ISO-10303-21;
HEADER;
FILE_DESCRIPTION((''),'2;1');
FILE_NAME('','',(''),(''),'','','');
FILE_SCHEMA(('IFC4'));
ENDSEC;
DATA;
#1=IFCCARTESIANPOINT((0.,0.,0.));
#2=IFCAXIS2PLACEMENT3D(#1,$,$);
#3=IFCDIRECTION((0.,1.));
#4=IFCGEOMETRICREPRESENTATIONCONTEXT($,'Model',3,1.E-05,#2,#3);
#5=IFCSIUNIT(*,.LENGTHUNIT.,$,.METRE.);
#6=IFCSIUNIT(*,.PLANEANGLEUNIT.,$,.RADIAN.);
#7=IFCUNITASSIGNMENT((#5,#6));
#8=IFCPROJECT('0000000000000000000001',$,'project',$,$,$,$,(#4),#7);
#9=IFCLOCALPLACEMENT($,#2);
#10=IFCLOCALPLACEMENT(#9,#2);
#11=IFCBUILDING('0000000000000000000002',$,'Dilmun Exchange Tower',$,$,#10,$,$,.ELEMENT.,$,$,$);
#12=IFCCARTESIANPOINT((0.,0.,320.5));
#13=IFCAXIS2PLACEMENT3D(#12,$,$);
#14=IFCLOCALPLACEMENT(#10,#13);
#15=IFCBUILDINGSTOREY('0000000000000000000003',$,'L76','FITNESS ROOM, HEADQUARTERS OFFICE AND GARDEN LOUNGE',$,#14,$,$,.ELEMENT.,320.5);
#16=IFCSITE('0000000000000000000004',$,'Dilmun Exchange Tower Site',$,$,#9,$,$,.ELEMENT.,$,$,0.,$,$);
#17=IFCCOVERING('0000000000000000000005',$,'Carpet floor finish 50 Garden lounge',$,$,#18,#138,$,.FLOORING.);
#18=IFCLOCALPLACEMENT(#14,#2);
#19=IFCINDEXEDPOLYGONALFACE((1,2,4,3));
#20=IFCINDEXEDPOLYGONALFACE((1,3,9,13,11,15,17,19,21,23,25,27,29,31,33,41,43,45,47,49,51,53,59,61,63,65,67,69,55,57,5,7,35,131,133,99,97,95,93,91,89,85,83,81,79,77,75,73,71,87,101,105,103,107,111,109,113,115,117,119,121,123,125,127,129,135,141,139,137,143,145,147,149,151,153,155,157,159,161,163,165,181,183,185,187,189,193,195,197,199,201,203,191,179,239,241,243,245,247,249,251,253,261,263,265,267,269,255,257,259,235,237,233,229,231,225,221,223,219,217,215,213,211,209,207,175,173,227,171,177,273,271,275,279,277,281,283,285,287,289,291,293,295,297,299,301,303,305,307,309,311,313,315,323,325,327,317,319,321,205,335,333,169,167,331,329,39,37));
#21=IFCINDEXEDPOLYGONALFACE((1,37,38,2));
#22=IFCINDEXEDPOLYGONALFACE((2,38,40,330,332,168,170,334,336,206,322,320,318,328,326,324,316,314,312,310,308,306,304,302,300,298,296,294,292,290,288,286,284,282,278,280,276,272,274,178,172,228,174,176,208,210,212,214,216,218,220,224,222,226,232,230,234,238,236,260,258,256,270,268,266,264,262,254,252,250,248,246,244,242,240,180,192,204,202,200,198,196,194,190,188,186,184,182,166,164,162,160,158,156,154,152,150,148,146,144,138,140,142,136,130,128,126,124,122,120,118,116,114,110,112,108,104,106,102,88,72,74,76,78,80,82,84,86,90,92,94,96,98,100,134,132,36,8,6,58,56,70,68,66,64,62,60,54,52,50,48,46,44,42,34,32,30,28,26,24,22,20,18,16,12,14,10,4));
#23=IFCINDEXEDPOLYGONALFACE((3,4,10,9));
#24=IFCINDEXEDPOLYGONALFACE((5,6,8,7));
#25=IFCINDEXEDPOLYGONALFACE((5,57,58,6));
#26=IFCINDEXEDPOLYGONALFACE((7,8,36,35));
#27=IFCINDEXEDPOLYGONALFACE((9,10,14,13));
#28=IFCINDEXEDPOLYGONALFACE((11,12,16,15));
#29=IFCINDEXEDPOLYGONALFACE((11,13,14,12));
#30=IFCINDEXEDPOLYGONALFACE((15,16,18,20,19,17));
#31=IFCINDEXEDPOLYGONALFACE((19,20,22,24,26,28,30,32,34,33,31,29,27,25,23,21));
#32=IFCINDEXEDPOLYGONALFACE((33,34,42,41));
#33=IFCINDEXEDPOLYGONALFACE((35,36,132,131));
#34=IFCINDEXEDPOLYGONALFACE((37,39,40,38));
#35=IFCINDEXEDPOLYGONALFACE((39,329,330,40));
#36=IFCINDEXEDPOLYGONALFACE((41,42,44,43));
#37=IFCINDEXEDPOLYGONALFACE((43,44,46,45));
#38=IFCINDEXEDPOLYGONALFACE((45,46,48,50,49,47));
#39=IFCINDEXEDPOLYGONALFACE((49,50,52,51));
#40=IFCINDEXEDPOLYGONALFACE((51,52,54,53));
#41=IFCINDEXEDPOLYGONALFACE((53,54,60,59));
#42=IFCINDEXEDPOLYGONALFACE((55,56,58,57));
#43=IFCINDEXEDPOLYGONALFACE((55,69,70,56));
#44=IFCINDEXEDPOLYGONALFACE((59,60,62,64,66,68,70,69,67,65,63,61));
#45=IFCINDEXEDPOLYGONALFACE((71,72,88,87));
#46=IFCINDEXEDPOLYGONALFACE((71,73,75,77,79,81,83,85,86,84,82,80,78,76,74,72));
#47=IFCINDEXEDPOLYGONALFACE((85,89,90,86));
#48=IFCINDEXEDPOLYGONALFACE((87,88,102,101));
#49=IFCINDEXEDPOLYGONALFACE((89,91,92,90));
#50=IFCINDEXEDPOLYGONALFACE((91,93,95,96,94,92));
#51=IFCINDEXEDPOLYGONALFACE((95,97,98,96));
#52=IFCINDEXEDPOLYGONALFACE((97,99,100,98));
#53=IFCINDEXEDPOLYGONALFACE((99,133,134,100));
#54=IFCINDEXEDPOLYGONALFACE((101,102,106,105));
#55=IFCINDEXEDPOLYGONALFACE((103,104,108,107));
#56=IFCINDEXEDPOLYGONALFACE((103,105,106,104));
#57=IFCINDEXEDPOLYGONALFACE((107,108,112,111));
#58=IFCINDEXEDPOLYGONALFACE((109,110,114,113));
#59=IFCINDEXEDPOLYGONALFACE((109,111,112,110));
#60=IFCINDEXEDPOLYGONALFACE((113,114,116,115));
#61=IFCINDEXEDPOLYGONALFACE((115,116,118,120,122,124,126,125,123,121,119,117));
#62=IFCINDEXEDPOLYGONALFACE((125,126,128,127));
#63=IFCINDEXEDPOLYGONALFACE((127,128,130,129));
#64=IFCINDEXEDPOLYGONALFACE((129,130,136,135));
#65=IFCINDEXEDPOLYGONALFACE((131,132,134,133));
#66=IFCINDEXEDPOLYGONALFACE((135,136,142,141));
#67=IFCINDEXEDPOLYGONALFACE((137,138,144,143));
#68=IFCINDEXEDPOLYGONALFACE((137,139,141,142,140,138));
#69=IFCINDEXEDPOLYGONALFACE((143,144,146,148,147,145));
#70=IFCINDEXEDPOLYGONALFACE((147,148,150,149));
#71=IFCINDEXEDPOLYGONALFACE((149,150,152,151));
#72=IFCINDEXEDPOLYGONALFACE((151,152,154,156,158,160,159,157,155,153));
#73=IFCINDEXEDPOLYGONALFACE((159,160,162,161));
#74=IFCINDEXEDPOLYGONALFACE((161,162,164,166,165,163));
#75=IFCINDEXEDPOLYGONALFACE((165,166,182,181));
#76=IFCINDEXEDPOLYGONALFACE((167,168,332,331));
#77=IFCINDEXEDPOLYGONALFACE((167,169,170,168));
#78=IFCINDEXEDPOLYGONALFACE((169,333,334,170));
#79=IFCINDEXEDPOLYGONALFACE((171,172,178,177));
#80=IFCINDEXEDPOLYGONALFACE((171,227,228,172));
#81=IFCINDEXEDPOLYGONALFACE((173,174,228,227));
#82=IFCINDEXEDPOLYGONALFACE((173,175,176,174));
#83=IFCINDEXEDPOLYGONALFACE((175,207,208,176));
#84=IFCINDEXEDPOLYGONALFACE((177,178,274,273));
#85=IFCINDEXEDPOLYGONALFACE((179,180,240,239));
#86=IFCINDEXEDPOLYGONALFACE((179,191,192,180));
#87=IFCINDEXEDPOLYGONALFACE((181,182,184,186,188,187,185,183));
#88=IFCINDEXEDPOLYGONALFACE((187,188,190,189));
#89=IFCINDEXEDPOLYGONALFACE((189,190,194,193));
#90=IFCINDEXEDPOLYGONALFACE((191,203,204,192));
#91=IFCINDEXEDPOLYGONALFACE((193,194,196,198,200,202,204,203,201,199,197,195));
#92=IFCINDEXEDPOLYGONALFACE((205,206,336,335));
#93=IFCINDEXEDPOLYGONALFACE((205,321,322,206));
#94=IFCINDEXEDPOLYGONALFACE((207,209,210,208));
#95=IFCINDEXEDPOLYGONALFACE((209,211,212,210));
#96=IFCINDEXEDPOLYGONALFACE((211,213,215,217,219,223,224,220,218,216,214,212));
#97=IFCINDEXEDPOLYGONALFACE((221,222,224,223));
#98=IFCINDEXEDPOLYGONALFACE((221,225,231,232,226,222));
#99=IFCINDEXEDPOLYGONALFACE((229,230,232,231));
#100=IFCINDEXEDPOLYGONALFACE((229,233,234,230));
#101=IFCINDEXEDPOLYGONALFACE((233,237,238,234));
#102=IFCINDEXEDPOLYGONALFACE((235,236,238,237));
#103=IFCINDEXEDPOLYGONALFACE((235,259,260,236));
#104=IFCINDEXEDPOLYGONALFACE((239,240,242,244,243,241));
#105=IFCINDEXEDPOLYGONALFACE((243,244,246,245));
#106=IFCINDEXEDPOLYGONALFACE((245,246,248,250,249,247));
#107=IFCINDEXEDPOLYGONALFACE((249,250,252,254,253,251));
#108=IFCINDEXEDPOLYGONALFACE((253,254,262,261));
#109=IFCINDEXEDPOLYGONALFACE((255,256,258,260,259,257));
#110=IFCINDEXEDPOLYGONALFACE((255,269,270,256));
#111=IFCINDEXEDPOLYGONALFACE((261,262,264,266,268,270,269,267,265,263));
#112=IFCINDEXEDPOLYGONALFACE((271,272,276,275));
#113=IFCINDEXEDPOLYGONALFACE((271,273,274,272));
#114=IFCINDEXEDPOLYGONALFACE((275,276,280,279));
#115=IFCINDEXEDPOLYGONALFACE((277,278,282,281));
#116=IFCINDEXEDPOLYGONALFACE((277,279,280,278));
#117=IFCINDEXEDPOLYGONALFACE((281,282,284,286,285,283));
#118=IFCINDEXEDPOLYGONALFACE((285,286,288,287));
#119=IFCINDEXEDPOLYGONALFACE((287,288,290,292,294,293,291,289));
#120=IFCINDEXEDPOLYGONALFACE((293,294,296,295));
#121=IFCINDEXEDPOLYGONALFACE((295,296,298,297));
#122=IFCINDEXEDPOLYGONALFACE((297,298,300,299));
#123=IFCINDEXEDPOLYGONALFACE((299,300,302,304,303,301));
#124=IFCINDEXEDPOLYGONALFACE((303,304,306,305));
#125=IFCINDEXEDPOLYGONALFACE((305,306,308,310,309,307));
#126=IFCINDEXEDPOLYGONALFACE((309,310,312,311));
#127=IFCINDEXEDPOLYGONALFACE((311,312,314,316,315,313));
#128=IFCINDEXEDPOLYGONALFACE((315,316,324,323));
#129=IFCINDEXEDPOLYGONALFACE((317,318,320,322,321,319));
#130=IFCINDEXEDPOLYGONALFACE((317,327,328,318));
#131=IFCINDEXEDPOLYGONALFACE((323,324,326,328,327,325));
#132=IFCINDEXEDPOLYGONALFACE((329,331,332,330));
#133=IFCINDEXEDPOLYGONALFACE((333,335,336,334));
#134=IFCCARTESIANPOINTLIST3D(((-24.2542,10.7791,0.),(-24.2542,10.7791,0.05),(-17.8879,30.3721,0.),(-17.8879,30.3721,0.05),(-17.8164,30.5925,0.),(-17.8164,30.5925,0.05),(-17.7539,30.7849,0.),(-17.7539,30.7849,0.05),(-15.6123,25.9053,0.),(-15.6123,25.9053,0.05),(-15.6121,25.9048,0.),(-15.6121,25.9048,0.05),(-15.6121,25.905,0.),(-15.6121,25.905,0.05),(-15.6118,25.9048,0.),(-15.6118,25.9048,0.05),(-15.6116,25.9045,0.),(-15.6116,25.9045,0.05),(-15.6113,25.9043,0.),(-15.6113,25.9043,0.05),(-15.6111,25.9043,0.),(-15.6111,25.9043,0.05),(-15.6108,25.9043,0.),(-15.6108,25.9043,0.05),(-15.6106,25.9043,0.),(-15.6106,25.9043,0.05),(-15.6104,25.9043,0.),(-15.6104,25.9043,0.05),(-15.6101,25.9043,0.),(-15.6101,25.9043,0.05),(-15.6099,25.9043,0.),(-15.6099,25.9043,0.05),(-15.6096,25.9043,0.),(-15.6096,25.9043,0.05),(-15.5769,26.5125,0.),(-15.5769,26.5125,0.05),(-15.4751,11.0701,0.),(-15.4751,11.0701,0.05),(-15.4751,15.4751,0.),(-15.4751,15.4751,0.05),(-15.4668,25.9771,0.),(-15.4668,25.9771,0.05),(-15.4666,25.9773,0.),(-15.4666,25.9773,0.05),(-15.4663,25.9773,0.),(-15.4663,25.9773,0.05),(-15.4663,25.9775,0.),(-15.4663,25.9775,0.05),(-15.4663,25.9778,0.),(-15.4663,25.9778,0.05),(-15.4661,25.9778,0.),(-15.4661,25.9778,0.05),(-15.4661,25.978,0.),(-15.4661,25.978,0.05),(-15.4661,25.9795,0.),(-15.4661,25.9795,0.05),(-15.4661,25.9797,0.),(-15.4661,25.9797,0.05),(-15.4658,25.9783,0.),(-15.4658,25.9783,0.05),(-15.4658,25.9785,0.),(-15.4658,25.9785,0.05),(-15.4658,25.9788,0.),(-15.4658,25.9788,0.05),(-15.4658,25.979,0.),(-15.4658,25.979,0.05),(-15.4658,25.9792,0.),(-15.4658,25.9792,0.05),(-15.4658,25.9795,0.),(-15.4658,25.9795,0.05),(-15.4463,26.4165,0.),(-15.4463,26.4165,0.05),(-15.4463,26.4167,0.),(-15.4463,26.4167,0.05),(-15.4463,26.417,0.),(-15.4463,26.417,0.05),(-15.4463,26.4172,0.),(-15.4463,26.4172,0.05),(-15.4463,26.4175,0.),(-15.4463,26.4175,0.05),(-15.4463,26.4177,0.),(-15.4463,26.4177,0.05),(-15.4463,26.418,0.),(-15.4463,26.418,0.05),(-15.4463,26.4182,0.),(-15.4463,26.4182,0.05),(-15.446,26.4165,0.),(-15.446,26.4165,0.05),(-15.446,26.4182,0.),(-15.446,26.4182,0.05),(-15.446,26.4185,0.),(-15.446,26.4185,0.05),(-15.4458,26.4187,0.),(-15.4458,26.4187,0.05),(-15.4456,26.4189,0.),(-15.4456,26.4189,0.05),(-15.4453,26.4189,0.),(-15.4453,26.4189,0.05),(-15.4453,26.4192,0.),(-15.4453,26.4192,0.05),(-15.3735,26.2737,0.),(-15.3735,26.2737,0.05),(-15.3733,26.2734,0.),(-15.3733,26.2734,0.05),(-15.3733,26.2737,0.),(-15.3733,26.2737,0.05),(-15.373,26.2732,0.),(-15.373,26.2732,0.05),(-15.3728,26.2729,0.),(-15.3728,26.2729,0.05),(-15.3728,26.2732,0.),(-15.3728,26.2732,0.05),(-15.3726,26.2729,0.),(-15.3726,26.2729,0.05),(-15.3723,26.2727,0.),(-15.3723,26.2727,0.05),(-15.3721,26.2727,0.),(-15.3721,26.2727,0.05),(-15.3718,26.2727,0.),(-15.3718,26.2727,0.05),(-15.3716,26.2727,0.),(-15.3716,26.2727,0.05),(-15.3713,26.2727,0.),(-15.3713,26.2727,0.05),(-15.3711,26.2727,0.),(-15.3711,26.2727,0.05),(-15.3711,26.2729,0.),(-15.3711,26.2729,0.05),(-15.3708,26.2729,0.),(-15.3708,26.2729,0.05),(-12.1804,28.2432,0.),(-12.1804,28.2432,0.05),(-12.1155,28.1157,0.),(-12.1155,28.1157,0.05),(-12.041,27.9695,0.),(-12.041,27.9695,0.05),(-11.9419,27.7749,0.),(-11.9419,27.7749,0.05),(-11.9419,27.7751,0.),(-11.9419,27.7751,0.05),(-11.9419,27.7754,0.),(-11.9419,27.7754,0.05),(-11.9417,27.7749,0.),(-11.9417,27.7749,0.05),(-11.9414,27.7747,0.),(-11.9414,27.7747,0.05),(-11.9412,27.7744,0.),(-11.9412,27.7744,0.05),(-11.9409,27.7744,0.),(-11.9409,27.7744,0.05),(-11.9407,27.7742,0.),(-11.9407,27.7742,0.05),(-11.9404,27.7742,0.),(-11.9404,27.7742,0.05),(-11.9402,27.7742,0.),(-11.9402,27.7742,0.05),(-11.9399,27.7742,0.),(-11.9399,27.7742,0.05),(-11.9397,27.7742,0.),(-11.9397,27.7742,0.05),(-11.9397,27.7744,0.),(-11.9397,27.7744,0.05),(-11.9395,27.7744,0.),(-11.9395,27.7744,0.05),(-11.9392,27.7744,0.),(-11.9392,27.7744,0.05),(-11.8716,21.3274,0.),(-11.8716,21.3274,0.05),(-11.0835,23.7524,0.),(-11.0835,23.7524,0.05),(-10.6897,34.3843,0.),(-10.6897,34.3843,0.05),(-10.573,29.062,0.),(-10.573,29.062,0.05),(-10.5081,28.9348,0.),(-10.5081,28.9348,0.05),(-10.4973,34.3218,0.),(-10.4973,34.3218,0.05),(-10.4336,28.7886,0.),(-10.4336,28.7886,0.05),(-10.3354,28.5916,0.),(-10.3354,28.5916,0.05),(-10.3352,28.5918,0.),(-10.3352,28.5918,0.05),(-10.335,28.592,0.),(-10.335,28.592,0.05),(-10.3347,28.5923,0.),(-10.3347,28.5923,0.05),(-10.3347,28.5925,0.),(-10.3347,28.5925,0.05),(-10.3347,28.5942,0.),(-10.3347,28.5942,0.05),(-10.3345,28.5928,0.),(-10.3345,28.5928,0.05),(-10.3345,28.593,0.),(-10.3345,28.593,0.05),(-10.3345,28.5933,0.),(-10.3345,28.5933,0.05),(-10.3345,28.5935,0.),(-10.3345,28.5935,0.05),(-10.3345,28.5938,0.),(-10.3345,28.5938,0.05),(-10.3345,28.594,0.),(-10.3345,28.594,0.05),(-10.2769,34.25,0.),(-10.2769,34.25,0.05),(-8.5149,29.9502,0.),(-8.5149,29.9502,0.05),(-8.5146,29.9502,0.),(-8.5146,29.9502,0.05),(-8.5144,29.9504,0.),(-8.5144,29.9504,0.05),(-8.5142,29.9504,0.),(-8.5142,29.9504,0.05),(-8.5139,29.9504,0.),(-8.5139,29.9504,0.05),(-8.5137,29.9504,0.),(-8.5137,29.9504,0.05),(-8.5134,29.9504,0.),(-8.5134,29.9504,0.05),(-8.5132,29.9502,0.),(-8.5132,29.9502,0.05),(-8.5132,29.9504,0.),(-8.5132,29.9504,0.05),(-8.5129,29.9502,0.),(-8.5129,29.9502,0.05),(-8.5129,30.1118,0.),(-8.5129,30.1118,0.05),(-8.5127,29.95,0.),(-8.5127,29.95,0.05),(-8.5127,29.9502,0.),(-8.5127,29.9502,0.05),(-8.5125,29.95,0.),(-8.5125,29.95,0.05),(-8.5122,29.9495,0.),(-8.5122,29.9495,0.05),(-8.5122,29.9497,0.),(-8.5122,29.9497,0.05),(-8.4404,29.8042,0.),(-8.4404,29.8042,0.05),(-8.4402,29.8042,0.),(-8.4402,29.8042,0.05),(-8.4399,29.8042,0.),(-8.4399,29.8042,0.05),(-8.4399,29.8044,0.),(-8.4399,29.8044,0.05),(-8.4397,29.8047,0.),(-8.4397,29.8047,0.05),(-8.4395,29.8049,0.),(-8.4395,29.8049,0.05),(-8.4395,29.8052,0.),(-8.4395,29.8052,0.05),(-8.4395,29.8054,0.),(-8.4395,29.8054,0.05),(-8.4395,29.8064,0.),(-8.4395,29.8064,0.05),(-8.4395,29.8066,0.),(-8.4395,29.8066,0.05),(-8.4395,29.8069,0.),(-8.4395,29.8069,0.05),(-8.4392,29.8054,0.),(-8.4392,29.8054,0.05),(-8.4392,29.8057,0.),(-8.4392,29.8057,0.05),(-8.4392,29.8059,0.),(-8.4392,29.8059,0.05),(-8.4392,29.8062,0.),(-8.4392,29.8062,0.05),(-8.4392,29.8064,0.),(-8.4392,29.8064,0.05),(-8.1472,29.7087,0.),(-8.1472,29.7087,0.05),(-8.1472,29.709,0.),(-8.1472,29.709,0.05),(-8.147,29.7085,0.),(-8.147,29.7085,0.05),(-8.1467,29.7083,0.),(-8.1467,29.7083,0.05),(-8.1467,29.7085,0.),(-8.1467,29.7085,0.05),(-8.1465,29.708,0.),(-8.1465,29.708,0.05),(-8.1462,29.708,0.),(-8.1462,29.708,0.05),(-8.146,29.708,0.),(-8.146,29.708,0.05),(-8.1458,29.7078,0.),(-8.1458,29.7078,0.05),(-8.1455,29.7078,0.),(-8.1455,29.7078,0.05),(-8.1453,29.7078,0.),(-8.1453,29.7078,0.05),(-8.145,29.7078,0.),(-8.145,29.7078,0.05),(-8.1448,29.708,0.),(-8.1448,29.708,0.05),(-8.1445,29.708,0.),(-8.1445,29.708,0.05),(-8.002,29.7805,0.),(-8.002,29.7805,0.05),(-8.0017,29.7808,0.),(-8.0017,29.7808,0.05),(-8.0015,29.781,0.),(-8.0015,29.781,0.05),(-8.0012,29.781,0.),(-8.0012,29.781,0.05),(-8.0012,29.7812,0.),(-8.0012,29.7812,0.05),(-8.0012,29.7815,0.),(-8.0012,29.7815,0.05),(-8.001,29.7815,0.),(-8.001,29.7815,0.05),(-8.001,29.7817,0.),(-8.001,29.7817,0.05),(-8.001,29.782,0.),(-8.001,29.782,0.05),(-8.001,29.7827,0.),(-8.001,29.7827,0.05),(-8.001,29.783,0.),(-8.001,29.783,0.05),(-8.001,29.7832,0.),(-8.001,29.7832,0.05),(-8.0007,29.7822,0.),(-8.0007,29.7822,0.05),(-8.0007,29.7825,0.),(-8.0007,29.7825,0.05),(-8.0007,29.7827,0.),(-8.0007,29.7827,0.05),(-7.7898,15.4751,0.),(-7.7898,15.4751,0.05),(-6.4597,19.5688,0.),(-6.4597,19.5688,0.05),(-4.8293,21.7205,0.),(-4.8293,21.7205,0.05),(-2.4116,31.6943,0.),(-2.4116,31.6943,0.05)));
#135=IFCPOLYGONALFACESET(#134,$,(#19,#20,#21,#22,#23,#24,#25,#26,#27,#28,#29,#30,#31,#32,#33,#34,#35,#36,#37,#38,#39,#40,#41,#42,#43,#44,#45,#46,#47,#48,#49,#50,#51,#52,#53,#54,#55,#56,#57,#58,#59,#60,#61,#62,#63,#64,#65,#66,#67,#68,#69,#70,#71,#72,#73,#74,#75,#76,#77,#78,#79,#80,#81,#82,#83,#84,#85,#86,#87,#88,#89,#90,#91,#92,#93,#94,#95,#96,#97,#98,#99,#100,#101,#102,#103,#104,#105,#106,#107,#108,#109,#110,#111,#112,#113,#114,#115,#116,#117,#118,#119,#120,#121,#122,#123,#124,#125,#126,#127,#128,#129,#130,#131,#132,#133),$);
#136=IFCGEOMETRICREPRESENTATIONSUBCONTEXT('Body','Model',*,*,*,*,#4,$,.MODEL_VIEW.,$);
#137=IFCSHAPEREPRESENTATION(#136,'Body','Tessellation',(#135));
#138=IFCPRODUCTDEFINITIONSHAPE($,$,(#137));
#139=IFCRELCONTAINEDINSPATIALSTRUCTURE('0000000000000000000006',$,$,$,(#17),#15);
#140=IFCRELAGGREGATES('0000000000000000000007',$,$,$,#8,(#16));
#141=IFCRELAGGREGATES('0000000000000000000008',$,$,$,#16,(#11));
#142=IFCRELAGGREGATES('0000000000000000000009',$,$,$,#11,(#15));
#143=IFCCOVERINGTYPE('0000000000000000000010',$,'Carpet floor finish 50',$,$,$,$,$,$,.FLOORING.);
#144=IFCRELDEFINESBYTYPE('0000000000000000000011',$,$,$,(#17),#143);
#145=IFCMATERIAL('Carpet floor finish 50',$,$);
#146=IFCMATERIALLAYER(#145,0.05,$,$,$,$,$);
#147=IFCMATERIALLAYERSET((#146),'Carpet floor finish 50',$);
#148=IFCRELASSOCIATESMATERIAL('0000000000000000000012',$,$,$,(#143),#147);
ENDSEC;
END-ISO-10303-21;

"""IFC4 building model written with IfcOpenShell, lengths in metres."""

from ifc_helpers import new_model, si_unit, direction, frame, origin, place, context, subcontext, project, spatial, polyline, outline, extrude, material, layer, layer_set, type_object, element, save


model = new_model("IFC4")

# Units and contexts
model_context = context("Model", 3, precision=1e-05, world=origin(), true_north=direction((0.0, 1.0)))
body_context = subcontext(model_context, "Body", "Model", "MODEL_VIEW")
ifc_project = project(units=[si_unit("LENGTHUNIT", "METRE"), si_unit("PLANEANGLEUNIT", "RADIAN")], contexts=[model_context])

# Site, building, storey
site_placement = place(None, origin())
site = spatial("IfcSite", under=ifc_project, at=site_placement, Name="Dilmun Exchange Tower Site", CompositionType="ELEMENT", RefElevation=0.0)
building_placement = place(site_placement, origin())
building = spatial("IfcBuilding", under=site, at=building_placement, Name="Dilmun Exchange Tower", CompositionType="ELEMENT")
storey_placement = place(building_placement, frame((0.0, 0.0, 320.5)))
storey = spatial("IfcBuildingStorey", under=building, at=storey_placement, Name="L76", Description="FITNESS ROOM, HEADQUARTERS OFFICE AND GARDEN LOUNGE", CompositionType="ELEMENT", Elevation=320.5)

# Covering
ifc_material_1 = material(Name="Carpet floor finish 50")
ifc_layer_1 = layer(ifc_material_1, 0.05)
ifc_layer_set_1 = layer_set([ifc_layer_1], Name="Carpet floor finish 50")
covering_type_1 = type_object("IfcCoveringType", Name="Carpet floor finish 50", PredefinedType="FLOORING", material=ifc_layer_set_1)
covering_1_placement = place(storey_placement, origin())
element("IfcCovering", 1, at=covering_1_placement, inside=storey, type_object=covering_type_1, Name="Carpet floor finish 50 Garden lounge", PredefinedType="FLOORING", context=body_context, shape_type="SweptSolid", body=[
    extrude(outline(polyline([(-15.4751, 11.0701), (-24.2542, 10.7791), (-17.8879, 30.3721), (-15.6123, 25.9053), (-15.6121, 25.905), (-15.6121, 25.9048), (-15.6118, 25.9048), (-15.6118, 25.9048), (-15.6116, 25.9045), (-15.6113, 25.9043), (-15.6111, 25.9043), (-15.6111, 25.9043), (-15.6108, 25.9043), (-15.6106, 25.9043), (-15.6104, 25.9043), (-15.6101, 25.9043), (-15.6101, 25.9043), (-15.6099, 25.9043), (-15.6096, 25.9043), (-15.6096, 25.9043), (-15.4668, 25.9771), (-15.4668, 25.9771), (-15.4666, 25.9773), (-15.4663, 25.9773), (-15.4663, 25.9775), (-15.4663, 25.9778), (-15.4661, 25.9778), (-15.4661, 25.978), (-15.4658, 25.9783), (-15.4658, 25.9785), (-15.4658, 25.9785), (-15.4658, 25.9788), (-15.4658, 25.979), (-15.4658, 25.9792), (-15.4658, 25.9795), (-15.4661, 25.9795), (-15.4661, 25.9797), (-17.8164, 30.5925), (-17.7539, 30.7849), (-15.5769, 26.5125), (-12.1804, 28.2432), (-12.1155, 28.1157), (-15.4453, 26.4192), (-15.4453, 26.4189), (-15.4456, 26.4189), (-15.4458, 26.4187), (-15.4458, 26.4187), (-15.446, 26.4185), (-15.446, 26.4182), (-15.4463, 26.4182), (-15.4463, 26.418), (-15.4463, 26.4177), (-15.4463, 26.4175), (-15.4463, 26.4172), (-15.4463, 26.417), (-15.4463, 26.417), (-15.4463, 26.4167), (-15.4463, 26.4165), (-15.446, 26.4165), (-15.3735, 26.2737), (-15.3733, 26.2737), (-15.3733, 26.2734), (-15.373, 26.2732), (-15.373, 26.2732), (-15.3728, 26.2732), (-15.3728, 26.2729), (-15.3726, 26.2729), (-15.3723, 26.2727), (-15.3721, 26.2727), (-15.3718, 26.2727), (-15.3716, 26.2727), (-15.3716, 26.2727), (-15.3713, 26.2727), (-15.3711, 26.2727), (-15.3711, 26.2729), (-15.3708, 26.2729), (-12.041, 27.9695), (-11.9419, 27.7754), (-11.9419, 27.7751), (-11.9419, 27.7749), (-11.9417, 27.7749), (-11.9414, 27.7747), (-11.9414, 27.7747), (-11.9412, 27.7744), (-11.9409, 27.7744), (-11.9409, 27.7744), (-11.9407, 27.7742), (-11.9404, 27.7742), (-11.9402, 27.7742), (-11.9399, 27.7742), (-11.9397, 27.7742), (-11.9397, 27.7744), (-11.9395, 27.7744), (-11.9392, 27.7744), (-10.3354, 28.5916), (-10.3352, 28.5918), (-10.3352, 28.5918), (-10.335, 28.592), (-10.335, 28.592), (-10.3347, 28.5923), (-10.3347, 28.5923), (-10.3347, 28.5925), (-10.3345, 28.5928), (-10.3345, 28.593), (-10.3345, 28.5933), (-10.3345, 28.5935), (-10.3345, 28.5935), (-10.3345, 28.5938), (-10.3345, 28.594), (-10.3345, 28.594), (-10.3347, 28.5942), (-10.4336, 28.7886), (-8.4404, 29.8042), (-8.4402, 29.8042), (-8.4399, 29.8042), (-8.4399, 29.8044), (-8.4397, 29.8047), (-8.4397, 29.8047), (-8.4395, 29.8049), (-8.4395, 29.8052), (-8.4395, 29.8054), (-8.4392, 29.8054), (-8.4392, 29.8057), (-8.4392, 29.8059), (-8.4392, 29.8062), (-8.4392, 29.8064), (-8.4395, 29.8064), (-8.4395, 29.8066), (-8.4395, 29.8069), (-8.5122, 29.9495), (-8.5122, 29.9497), (-8.5122, 29.9497), (-8.5125, 29.95), (-8.5127, 29.95), (-8.5127, 29.9502), (-8.5129, 29.9502), (-8.5132, 29.9502), (-8.5132, 29.9504), (-8.5134, 29.9504), (-8.5137, 29.9504), (-8.5139, 29.9504), (-8.5142, 29.9504), (-8.5144, 29.9504), (-8.5144, 29.9504), (-8.5146, 29.9502), (-8.5149, 29.9502), (-10.5081, 28.9348), (-10.573, 29.062), (-8.5129, 30.1118), (-10.6897, 34.3843), (-10.4973, 34.3218), (-8.1472, 29.709), (-8.1472, 29.7087), (-8.147, 29.7085), (-8.1467, 29.7085), (-8.1467, 29.7083), (-8.1465, 29.708), (-8.1465, 29.708), (-8.1462, 29.708), (-8.146, 29.708), (-8.1458, 29.7078), (-8.1455, 29.7078), (-8.1455, 29.7078), (-8.1453, 29.7078), (-8.145, 29.7078), (-8.1448, 29.708), (-8.1448, 29.708), (-8.1445, 29.708), (-8.002, 29.7805), (-8.0017, 29.7808), (-8.0017, 29.7808), (-8.0015, 29.781), (-8.0012, 29.781), (-8.0012, 29.7812), (-8.0012, 29.7815), (-8.001, 29.7815), (-8.001, 29.7817), (-8.001, 29.782), (-8.0007, 29.7822), (-8.0007, 29.7825), (-8.0007, 29.7827), (-8.001, 29.7827), (-8.001, 29.783), (-8.001, 29.7832), (-8.001, 29.7832), (-10.2769, 34.25), (-2.4116, 31.6943), (-4.8293, 21.7205), (-11.0835, 23.7524), (-11.8716, 21.3274), (-6.4597, 19.5688), (-7.7898, 15.4751), (-15.4751, 15.4751), (-15.4751, 11.0701)])), origin(), (0.0, 0.0, 1.0), 0.05),
])

save(model, "model.ifc")
